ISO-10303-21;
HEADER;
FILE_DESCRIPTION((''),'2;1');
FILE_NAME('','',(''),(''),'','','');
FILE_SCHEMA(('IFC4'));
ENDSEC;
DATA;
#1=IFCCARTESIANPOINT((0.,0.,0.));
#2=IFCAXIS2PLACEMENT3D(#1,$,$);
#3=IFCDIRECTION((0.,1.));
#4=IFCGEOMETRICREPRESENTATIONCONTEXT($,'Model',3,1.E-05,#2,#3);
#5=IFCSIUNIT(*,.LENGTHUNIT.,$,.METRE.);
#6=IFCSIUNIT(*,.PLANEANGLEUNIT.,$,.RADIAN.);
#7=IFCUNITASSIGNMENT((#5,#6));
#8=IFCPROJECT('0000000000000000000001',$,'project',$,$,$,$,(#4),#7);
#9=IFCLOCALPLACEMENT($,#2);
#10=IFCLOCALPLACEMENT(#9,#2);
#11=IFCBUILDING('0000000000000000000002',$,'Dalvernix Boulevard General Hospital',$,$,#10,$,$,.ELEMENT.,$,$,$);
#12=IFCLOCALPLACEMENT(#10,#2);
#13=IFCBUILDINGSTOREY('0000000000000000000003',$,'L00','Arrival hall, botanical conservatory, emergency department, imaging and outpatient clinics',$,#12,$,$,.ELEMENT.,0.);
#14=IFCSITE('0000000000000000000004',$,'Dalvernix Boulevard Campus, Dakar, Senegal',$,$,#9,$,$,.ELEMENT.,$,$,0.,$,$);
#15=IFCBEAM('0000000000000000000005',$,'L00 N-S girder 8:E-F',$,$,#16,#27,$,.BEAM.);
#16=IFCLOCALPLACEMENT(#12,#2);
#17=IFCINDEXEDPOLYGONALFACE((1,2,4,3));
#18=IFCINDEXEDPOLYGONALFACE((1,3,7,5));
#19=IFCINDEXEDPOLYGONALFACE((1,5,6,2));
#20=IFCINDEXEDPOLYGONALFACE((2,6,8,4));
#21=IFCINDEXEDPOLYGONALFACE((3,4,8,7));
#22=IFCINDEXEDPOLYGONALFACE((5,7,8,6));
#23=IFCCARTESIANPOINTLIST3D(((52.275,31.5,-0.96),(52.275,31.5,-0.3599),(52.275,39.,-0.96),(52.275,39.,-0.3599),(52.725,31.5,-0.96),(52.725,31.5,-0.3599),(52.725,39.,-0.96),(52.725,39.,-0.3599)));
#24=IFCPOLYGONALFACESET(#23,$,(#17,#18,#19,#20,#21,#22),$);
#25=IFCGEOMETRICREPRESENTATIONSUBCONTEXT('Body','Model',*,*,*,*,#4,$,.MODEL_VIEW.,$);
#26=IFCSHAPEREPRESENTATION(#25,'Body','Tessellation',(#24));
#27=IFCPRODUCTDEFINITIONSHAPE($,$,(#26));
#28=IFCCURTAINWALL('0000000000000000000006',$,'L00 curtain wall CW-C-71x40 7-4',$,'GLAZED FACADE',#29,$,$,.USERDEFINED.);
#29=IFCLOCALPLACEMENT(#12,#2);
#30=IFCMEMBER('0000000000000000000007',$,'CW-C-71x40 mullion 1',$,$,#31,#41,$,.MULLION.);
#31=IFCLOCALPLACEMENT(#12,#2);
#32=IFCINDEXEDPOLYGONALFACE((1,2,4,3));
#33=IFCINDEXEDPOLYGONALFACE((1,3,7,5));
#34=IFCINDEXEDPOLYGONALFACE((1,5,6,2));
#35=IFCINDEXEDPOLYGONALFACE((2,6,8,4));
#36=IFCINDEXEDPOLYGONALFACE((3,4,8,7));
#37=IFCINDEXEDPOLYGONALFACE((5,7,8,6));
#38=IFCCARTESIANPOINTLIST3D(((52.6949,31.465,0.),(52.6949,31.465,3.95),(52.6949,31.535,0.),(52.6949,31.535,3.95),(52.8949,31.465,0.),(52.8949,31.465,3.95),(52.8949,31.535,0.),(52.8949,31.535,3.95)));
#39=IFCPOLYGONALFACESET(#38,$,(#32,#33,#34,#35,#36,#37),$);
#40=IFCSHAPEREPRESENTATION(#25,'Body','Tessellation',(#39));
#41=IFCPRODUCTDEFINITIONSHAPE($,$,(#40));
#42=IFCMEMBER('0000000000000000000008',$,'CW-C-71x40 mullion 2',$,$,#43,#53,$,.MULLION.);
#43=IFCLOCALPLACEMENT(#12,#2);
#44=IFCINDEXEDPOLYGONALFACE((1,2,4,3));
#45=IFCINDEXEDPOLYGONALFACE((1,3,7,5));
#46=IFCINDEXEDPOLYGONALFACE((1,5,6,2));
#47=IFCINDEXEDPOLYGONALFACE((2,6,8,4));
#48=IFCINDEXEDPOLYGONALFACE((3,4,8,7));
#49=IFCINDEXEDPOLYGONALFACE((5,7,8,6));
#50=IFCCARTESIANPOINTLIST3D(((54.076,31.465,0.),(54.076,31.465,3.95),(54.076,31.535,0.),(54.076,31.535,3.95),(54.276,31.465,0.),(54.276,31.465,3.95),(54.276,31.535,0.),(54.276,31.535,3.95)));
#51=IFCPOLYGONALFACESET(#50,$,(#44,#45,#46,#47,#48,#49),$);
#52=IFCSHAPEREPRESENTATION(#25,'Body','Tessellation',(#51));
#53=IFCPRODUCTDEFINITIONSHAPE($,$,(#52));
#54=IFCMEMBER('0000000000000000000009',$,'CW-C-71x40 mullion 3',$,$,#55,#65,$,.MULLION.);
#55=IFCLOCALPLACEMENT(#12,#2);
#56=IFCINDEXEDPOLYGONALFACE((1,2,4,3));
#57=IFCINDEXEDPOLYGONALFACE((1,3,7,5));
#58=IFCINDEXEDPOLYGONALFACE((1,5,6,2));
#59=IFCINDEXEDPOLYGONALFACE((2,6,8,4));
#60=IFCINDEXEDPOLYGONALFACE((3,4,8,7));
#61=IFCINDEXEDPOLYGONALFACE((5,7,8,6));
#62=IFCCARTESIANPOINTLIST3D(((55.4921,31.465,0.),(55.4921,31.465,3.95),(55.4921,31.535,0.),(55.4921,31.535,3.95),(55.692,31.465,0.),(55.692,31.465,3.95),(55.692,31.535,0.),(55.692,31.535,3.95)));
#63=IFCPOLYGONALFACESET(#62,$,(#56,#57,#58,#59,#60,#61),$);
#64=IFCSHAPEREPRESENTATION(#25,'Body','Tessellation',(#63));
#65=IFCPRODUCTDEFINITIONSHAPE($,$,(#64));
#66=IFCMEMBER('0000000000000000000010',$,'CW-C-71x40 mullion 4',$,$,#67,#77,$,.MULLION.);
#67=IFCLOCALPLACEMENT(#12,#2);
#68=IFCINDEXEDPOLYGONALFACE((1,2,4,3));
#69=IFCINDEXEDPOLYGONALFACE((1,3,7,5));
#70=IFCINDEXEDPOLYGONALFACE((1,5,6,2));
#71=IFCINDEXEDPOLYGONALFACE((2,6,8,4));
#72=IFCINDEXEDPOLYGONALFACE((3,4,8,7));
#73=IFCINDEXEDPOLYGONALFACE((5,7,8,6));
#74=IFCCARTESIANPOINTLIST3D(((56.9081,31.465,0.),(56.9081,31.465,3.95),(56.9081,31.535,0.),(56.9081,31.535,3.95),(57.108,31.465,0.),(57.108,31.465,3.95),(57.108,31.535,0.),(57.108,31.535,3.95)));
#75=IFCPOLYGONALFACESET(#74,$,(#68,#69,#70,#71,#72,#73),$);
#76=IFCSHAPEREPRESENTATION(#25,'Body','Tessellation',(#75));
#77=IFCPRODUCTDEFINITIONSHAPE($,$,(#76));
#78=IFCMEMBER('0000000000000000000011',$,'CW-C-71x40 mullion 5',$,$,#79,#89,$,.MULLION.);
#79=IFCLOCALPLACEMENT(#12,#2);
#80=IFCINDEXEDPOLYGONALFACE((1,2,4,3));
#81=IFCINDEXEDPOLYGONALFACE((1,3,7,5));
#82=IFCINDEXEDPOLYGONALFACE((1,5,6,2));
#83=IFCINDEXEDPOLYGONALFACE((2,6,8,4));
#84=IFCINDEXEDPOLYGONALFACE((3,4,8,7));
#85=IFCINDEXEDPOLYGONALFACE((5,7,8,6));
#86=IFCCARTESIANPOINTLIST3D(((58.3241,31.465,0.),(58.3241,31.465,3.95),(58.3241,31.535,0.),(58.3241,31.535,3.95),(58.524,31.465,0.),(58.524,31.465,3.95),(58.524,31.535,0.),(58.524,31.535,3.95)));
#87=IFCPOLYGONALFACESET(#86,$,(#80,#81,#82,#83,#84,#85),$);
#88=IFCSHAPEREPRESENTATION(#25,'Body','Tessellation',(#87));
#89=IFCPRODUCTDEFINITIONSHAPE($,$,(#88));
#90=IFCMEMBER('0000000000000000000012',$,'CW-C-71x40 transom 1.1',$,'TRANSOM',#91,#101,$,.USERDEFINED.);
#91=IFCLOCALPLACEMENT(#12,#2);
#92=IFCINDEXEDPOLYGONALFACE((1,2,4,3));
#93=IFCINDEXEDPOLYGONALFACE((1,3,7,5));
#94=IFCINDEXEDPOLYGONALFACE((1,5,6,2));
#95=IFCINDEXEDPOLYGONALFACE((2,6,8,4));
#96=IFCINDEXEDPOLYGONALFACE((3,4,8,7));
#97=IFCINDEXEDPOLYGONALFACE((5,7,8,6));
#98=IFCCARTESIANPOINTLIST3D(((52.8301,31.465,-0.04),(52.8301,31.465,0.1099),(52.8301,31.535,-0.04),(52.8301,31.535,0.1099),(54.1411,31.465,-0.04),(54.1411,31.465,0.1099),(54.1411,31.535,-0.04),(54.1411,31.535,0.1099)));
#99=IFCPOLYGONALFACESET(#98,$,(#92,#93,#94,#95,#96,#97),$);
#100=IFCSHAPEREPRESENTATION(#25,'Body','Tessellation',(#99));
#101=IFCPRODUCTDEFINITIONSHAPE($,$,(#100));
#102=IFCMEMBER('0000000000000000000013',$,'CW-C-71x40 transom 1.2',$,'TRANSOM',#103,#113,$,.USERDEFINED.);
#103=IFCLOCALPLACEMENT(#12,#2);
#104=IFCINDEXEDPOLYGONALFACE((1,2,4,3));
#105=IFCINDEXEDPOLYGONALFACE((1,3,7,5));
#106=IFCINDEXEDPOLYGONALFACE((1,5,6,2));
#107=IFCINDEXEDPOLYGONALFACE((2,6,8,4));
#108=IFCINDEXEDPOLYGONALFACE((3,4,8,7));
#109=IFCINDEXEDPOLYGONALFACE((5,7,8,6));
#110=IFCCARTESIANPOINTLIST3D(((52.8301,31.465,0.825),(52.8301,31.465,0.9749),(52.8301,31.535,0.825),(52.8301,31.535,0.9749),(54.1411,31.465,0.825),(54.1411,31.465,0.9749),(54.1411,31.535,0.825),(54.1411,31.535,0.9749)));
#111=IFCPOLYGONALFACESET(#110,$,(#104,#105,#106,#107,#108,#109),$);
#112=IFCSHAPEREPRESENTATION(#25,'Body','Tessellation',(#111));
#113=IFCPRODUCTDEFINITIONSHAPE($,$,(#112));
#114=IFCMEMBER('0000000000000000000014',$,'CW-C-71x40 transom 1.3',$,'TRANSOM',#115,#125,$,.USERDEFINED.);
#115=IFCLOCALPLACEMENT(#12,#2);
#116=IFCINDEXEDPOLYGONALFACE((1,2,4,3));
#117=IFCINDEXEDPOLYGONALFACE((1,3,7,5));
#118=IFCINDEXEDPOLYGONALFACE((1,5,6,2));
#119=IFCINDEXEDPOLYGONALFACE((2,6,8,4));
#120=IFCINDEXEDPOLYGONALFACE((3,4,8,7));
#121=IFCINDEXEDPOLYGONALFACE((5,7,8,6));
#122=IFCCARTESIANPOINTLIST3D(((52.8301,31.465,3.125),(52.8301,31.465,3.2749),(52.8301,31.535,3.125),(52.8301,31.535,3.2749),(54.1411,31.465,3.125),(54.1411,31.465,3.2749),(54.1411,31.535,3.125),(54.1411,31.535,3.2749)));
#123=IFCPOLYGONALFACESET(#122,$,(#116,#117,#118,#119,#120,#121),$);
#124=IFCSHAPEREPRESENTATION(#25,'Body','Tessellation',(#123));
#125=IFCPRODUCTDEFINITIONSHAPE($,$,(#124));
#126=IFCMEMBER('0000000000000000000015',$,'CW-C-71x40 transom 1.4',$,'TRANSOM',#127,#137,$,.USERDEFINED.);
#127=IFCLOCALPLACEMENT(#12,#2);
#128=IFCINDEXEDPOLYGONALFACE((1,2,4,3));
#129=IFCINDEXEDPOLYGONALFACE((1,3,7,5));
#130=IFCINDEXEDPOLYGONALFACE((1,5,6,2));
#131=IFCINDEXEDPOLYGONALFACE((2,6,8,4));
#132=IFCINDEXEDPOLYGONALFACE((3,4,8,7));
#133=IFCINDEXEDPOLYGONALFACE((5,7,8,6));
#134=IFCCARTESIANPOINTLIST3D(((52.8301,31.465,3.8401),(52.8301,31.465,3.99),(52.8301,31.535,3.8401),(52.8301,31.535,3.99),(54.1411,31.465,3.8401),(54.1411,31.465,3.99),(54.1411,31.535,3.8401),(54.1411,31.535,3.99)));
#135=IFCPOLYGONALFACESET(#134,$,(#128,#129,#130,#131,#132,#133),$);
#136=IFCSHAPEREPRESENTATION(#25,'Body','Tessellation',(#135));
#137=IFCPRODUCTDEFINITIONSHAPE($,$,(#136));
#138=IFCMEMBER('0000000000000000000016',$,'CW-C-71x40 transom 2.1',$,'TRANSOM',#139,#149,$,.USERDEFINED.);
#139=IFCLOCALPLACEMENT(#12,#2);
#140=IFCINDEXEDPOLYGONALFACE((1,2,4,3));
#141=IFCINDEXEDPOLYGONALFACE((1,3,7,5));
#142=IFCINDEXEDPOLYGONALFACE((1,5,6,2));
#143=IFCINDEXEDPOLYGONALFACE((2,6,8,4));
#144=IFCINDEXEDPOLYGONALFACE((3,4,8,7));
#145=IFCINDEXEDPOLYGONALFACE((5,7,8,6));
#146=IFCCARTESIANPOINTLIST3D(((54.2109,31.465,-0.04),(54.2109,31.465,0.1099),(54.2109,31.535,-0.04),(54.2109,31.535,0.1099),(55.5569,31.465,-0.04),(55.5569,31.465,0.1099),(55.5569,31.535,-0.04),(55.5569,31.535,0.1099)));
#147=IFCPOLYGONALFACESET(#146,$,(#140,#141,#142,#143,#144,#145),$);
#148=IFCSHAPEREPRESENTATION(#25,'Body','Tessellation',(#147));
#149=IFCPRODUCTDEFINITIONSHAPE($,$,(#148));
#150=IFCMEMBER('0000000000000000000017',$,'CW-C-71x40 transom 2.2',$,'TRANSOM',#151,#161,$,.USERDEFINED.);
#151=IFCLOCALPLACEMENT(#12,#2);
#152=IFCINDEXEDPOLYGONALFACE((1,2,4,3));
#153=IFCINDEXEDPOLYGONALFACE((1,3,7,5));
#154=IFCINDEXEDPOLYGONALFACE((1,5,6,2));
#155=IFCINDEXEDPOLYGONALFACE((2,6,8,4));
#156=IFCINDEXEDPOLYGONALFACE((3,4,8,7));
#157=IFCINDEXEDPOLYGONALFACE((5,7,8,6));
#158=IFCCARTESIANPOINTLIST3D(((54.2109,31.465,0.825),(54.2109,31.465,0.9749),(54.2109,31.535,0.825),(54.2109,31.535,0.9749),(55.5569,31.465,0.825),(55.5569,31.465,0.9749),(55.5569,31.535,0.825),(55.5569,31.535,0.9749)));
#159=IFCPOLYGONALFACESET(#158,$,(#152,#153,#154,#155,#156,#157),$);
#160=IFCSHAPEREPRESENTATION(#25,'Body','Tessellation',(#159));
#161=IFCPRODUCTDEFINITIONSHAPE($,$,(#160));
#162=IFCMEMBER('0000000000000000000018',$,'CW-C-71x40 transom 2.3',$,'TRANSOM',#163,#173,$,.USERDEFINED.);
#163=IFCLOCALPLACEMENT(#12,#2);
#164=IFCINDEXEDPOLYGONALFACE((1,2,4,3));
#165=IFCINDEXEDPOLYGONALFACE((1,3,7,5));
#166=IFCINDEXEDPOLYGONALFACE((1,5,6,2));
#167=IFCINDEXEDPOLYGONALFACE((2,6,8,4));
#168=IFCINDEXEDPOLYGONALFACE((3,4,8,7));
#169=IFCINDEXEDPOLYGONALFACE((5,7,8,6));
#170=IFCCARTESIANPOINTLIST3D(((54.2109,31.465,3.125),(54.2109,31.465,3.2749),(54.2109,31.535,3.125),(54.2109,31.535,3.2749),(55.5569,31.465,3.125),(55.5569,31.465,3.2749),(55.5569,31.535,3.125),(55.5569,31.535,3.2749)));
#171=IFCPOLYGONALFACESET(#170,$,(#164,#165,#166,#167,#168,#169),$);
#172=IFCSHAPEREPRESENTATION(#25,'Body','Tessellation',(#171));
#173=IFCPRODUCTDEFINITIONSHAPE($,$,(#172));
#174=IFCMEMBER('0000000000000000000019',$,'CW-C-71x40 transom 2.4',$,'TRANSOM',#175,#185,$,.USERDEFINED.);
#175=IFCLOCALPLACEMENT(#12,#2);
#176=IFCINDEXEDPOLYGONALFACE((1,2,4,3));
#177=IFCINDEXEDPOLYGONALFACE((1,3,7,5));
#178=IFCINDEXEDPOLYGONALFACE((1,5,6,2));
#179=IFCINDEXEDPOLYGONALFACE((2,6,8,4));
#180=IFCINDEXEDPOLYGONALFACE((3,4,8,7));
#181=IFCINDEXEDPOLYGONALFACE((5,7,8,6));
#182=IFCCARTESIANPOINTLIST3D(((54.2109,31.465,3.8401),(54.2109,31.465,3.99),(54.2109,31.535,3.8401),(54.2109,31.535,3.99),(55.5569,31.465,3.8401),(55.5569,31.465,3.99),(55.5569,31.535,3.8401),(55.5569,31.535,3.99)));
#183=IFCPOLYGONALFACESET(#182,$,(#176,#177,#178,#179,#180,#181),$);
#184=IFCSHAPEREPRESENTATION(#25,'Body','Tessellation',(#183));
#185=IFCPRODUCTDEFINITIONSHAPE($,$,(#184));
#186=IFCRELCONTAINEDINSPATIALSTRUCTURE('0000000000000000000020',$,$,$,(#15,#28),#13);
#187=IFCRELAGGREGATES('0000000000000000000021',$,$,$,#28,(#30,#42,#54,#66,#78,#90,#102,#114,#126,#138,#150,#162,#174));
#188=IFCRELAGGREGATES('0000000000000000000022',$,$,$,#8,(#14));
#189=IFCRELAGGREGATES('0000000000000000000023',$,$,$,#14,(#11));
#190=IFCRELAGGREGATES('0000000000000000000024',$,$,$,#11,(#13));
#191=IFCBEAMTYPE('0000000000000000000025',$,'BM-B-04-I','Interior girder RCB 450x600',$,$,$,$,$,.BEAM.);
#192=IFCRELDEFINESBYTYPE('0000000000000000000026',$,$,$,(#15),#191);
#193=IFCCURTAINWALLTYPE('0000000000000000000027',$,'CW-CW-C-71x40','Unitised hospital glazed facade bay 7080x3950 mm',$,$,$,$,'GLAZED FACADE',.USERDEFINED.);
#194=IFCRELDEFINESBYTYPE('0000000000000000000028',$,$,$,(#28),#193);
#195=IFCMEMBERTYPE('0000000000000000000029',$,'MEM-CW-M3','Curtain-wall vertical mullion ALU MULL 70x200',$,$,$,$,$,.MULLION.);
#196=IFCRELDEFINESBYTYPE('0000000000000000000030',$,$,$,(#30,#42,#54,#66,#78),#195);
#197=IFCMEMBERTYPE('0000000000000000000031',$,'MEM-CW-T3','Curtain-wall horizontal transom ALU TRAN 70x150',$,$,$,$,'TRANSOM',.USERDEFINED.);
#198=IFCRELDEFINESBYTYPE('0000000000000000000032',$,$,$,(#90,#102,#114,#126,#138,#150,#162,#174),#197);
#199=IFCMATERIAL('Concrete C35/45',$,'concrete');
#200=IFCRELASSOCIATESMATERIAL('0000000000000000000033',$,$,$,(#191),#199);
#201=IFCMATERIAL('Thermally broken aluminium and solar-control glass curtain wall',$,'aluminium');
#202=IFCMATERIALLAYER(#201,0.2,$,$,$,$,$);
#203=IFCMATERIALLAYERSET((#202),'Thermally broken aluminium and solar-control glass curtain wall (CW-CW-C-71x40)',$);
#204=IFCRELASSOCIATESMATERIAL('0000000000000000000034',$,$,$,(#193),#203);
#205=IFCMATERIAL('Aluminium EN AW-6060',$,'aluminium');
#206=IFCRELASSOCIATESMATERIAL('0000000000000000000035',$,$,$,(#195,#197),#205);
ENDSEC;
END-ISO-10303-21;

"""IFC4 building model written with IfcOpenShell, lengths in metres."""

from ifc_helpers import new_model, si_unit, direction, frame, origin, origin_2d, place, context, subcontext, project, spatial, rectangle, extrude, material, layer, layer_set, material_profile, profile_set, type_object, element, aggregate, save


model = new_model("IFC4")

# Units and contexts
model_context = context("Model", 3, precision=1e-05, world=origin(), true_north=direction((0.0, 1.0)))
body_context = subcontext(model_context, "Body", "Model", "MODEL_VIEW")
ifc_project = project(units=[si_unit("LENGTHUNIT", "METRE"), si_unit("PLANEANGLEUNIT", "RADIAN")], contexts=[model_context])

# Site, building, storey
site_placement = place(None, origin())
site = spatial("IfcSite", under=ifc_project, at=site_placement, Name="Dalvernix Boulevard Campus, Dakar, Senegal", CompositionType="ELEMENT", RefElevation=0.0)
building_placement = place(site_placement, origin())
building = spatial("IfcBuilding", under=site, at=building_placement, Name="Dalvernix Boulevard General Hospital", CompositionType="ELEMENT")
storey_placement = place(building_placement, origin())
storey = spatial("IfcBuildingStorey", under=building, at=storey_placement, Name="L00", Description="Arrival hall, botanical conservatory, emergency department, imaging and outpatient clinics", CompositionType="ELEMENT", Elevation=0.0)

# Beam
ifc_material_1 = material(Name="Concrete C35/45", Category="concrete")
ifc_material_profile_1 = material_profile(ifc_material_1, rectangle(XDim=0.45, YDim=0.6001, at=origin_2d()), Name="RCB 450x600")
ifc_profile_set_1 = profile_set([ifc_material_profile_1], Name="Concrete C35/45")
beam_type = type_object("IfcBeamType", Name="BM-B-04-I", Description="Interior girder RCB 450x600", PredefinedType="BEAM", material=ifc_profile_set_1)
beam_placement = place(storey_placement, frame((52.5, 31.5, -0.6599), z_axis=(0.0, 1.0, 0.0), x_axis=(-1.0, 0.0, 0.0)))
element("IfcBeam", 1, at=beam_placement, inside=storey, type_object=beam_type, Name="L00 N-S girder 8:E-F", PredefinedType="BEAM", context=body_context, shape_type="SweptSolid", body=[
    extrude(rectangle(XDim=0.45, YDim=0.6001, at=origin_2d()), origin(), (0.0, 0.0, 1.0), 7.5),
])

# Curtain wall, members
ifc_material_2 = material(Name="Thermally broken aluminium and solar-control glass curtain wall", Category="aluminium")
ifc_layer_1 = layer(ifc_material_2, 0.2)
ifc_layer_set_1 = layer_set([ifc_layer_1], Name="Thermally broken aluminium and solar-control glass curtain wall (CW-CW-C-71x40)")
curtain_wall_type = type_object("IfcCurtainWallType", Name="CW-CW-C-71x40", Description="Unitised hospital glazed facade bay 7080x3950 mm", ElementType="GLAZED FACADE", PredefinedType="USERDEFINED", material=ifc_layer_set_1)
curtain_wall_placement = place(storey_placement, origin())
curtain_wall = element("IfcCurtainWall", 2, at=curtain_wall_placement, inside=storey, type_object=curtain_wall_type, Name="L00 curtain wall CW-C-71x40 7-4", ObjectType="GLAZED FACADE", PredefinedType="USERDEFINED")
ifc_material_3 = material(Name="Aluminium EN AW-6060", Category="aluminium")
ifc_material_profile_2 = material_profile(ifc_material_3, rectangle(XDim=0.0701, YDim=0.2, at=origin_2d()), Name="ALU MULL 70x200")
ifc_profile_set_2 = profile_set([ifc_material_profile_2], Name="Aluminium EN AW-6060")
member_type_1 = type_object("IfcMemberType", Name="MEM-CW-M3", Description="Curtain-wall vertical mullion ALU MULL 70x200", PredefinedType="MULLION", material=ifc_profile_set_2)
member_1_placement = place(storey_placement, frame((52.7949, 31.5, 0.0), z_axis=(0.0, 0.0, 1.0), x_axis=(0.0, 1.0, 0.0)))
member_1 = element("IfcMember", 3, at=member_1_placement, type_object=member_type_1, Name="CW-C-71x40 mullion 1", PredefinedType="MULLION", context=body_context, shape_type="SweptSolid", body=[
    extrude(rectangle(XDim=0.0701, YDim=0.2, at=origin_2d()), origin(), (0.0, 0.0, 1.0), 3.95),
])
member_2_placement = place(storey_placement, frame((54.176, 31.5, 0.0), z_axis=(0.0, 0.0, 1.0), x_axis=(0.0, 1.0, 0.0)))
member_2 = element("IfcMember", 4, at=member_2_placement, type_object=member_type_1, Name="CW-C-71x40 mullion 2", PredefinedType="MULLION", context=body_context, shape_type="SweptSolid", body=[
    extrude(rectangle(XDim=0.0701, YDim=0.2, at=origin_2d()), origin(), (0.0, 0.0, 1.0), 3.95),
])
member_3_placement = place(storey_placement, frame((55.592, 31.5, 0.0), z_axis=(0.0, 0.0, 1.0), x_axis=(0.0, 1.0, 0.0)))
member_3 = element("IfcMember", 5, at=member_3_placement, type_object=member_type_1, Name="CW-C-71x40 mullion 3", PredefinedType="MULLION", context=body_context, shape_type="SweptSolid", body=[
    extrude(rectangle(XDim=0.0701, YDim=0.2, at=origin_2d()), origin(), (0.0, 0.0, 1.0), 3.95),
])
member_4_placement = place(storey_placement, frame((57.0081, 31.5, 0.0), z_axis=(0.0, 0.0, 1.0), x_axis=(0.0, 1.0, 0.0)))
member_4 = element("IfcMember", 6, at=member_4_placement, type_object=member_type_1, Name="CW-C-71x40 mullion 4", PredefinedType="MULLION", context=body_context, shape_type="SweptSolid", body=[
    extrude(rectangle(XDim=0.0701, YDim=0.2, at=origin_2d()), origin(), (0.0, 0.0, 1.0), 3.95),
])
member_5_placement = place(storey_placement, frame((58.4241, 31.5, 0.0), z_axis=(0.0, 0.0, 1.0), x_axis=(0.0, 1.0, 0.0)))
member_5 = element("IfcMember", 7, at=member_5_placement, type_object=member_type_1, Name="CW-C-71x40 mullion 5", PredefinedType="MULLION", context=body_context, shape_type="SweptSolid", body=[
    extrude(rectangle(XDim=0.0701, YDim=0.2, at=origin_2d()), origin(), (0.0, 0.0, 1.0), 3.95),
])
ifc_material_profile_3 = material_profile(ifc_material_3, rectangle(XDim=0.0701, YDim=0.1499, at=origin_2d()), Name="ALU TRAN 70x150")
ifc_profile_set_3 = profile_set([ifc_material_profile_3], Name="Aluminium EN AW-6060")
member_type_2 = type_object("IfcMemberType", Name="MEM-CW-T3", Description="Curtain-wall horizontal transom ALU TRAN 70x150", ElementType="TRANSOM", PredefinedType="USERDEFINED", material=ifc_profile_set_3)
member_6_placement = place(storey_placement, frame((52.8301, 31.5, 0.0349), z_axis=(1.0, 0.0, 0.0), x_axis=(0.0, 1.0, 0.0)))
member_6 = element("IfcMember", 8, at=member_6_placement, type_object=member_type_2, Name="CW-C-71x40 transom 1.1", ObjectType="TRANSOM", PredefinedType="USERDEFINED", context=body_context, shape_type="SweptSolid", body=[
    extrude(rectangle(XDim=0.0701, YDim=0.1499, at=origin_2d()), origin(), (0.0, 0.0, 1.0), 1.311),
])
member_7_placement = place(storey_placement, frame((52.8301, 31.5, 0.8999), z_axis=(1.0, 0.0, 0.0), x_axis=(0.0, 1.0, 0.0)))
member_7 = element("IfcMember", 9, at=member_7_placement, type_object=member_type_2, Name="CW-C-71x40 transom 1.2", ObjectType="TRANSOM", PredefinedType="USERDEFINED", context=body_context, shape_type="SweptSolid", body=[
    extrude(rectangle(XDim=0.0701, YDim=0.1499, at=origin_2d()), origin(), (0.0, 0.0, 1.0), 1.311),
])
member_8_placement = place(storey_placement, frame((52.8301, 31.5, 3.2), z_axis=(1.0, 0.0, 0.0), x_axis=(0.0, 1.0, 0.0)))
member_8 = element("IfcMember", 10, at=member_8_placement, type_object=member_type_2, Name="CW-C-71x40 transom 1.3", ObjectType="TRANSOM", PredefinedType="USERDEFINED", context=body_context, shape_type="SweptSolid", body=[
    extrude(rectangle(XDim=0.0701, YDim=0.1499, at=origin_2d()), origin(), (0.0, 0.0, 1.0), 1.311),
])
member_9_placement = place(storey_placement, frame((52.8301, 31.5, 3.915), z_axis=(1.0, 0.0, 0.0), x_axis=(0.0, 1.0, 0.0)))
member_9 = element("IfcMember", 11, at=member_9_placement, type_object=member_type_2, Name="CW-C-71x40 transom 1.4", ObjectType="TRANSOM", PredefinedType="USERDEFINED", context=body_context, shape_type="SweptSolid", body=[
    extrude(rectangle(XDim=0.0701, YDim=0.1499, at=origin_2d()), origin(), (0.0, 0.0, 1.0), 1.311),
])
member_10_placement = place(storey_placement, frame((54.2109, 31.5, 0.0349), z_axis=(1.0, 0.0, 0.0), x_axis=(0.0, 1.0, 0.0)))
member_10 = element("IfcMember", 12, at=member_10_placement, type_object=member_type_2, Name="CW-C-71x40 transom 2.1", ObjectType="TRANSOM", PredefinedType="USERDEFINED", context=body_context, shape_type="SweptSolid", body=[
    extrude(rectangle(XDim=0.0701, YDim=0.1499, at=origin_2d()), origin(), (0.0, 0.0, 1.0), 1.3459),
])
member_11_placement = place(storey_placement, frame((54.2109, 31.5, 0.8999), z_axis=(1.0, 0.0, 0.0), x_axis=(0.0, 1.0, 0.0)))
member_11 = element("IfcMember", 13, at=member_11_placement, type_object=member_type_2, Name="CW-C-71x40 transom 2.2", ObjectType="TRANSOM", PredefinedType="USERDEFINED", context=body_context, shape_type="SweptSolid", body=[
    extrude(rectangle(XDim=0.0701, YDim=0.1499, at=origin_2d()), origin(), (0.0, 0.0, 1.0), 1.3459),
])
member_12_placement = place(storey_placement, frame((54.2109, 31.5, 3.2), z_axis=(1.0, 0.0, 0.0), x_axis=(0.0, 1.0, 0.0)))
member_12 = element("IfcMember", 14, at=member_12_placement, type_object=member_type_2, Name="CW-C-71x40 transom 2.3", ObjectType="TRANSOM", PredefinedType="USERDEFINED", context=body_context, shape_type="SweptSolid", body=[
    extrude(rectangle(XDim=0.0701, YDim=0.1499, at=origin_2d()), origin(), (0.0, 0.0, 1.0), 1.3459),
])
member_13_placement = place(storey_placement, frame((54.2109, 31.5, 3.915), z_axis=(1.0, 0.0, 0.0), x_axis=(0.0, 1.0, 0.0)))
member_13 = element("IfcMember", 15, at=member_13_placement, type_object=member_type_2, Name="CW-C-71x40 transom 2.4", ObjectType="TRANSOM", PredefinedType="USERDEFINED", context=body_context, shape_type="SweptSolid", body=[
    extrude(rectangle(XDim=0.0701, YDim=0.1499, at=origin_2d()), origin(), (0.0, 0.0, 1.0), 1.3459),
])
aggregate(curtain_wall, [member_1, member_2, member_3, member_4, member_5, member_6, member_7, member_8, member_9, member_10, member_11, member_12, member_13])

save(model, "model.ifc")
